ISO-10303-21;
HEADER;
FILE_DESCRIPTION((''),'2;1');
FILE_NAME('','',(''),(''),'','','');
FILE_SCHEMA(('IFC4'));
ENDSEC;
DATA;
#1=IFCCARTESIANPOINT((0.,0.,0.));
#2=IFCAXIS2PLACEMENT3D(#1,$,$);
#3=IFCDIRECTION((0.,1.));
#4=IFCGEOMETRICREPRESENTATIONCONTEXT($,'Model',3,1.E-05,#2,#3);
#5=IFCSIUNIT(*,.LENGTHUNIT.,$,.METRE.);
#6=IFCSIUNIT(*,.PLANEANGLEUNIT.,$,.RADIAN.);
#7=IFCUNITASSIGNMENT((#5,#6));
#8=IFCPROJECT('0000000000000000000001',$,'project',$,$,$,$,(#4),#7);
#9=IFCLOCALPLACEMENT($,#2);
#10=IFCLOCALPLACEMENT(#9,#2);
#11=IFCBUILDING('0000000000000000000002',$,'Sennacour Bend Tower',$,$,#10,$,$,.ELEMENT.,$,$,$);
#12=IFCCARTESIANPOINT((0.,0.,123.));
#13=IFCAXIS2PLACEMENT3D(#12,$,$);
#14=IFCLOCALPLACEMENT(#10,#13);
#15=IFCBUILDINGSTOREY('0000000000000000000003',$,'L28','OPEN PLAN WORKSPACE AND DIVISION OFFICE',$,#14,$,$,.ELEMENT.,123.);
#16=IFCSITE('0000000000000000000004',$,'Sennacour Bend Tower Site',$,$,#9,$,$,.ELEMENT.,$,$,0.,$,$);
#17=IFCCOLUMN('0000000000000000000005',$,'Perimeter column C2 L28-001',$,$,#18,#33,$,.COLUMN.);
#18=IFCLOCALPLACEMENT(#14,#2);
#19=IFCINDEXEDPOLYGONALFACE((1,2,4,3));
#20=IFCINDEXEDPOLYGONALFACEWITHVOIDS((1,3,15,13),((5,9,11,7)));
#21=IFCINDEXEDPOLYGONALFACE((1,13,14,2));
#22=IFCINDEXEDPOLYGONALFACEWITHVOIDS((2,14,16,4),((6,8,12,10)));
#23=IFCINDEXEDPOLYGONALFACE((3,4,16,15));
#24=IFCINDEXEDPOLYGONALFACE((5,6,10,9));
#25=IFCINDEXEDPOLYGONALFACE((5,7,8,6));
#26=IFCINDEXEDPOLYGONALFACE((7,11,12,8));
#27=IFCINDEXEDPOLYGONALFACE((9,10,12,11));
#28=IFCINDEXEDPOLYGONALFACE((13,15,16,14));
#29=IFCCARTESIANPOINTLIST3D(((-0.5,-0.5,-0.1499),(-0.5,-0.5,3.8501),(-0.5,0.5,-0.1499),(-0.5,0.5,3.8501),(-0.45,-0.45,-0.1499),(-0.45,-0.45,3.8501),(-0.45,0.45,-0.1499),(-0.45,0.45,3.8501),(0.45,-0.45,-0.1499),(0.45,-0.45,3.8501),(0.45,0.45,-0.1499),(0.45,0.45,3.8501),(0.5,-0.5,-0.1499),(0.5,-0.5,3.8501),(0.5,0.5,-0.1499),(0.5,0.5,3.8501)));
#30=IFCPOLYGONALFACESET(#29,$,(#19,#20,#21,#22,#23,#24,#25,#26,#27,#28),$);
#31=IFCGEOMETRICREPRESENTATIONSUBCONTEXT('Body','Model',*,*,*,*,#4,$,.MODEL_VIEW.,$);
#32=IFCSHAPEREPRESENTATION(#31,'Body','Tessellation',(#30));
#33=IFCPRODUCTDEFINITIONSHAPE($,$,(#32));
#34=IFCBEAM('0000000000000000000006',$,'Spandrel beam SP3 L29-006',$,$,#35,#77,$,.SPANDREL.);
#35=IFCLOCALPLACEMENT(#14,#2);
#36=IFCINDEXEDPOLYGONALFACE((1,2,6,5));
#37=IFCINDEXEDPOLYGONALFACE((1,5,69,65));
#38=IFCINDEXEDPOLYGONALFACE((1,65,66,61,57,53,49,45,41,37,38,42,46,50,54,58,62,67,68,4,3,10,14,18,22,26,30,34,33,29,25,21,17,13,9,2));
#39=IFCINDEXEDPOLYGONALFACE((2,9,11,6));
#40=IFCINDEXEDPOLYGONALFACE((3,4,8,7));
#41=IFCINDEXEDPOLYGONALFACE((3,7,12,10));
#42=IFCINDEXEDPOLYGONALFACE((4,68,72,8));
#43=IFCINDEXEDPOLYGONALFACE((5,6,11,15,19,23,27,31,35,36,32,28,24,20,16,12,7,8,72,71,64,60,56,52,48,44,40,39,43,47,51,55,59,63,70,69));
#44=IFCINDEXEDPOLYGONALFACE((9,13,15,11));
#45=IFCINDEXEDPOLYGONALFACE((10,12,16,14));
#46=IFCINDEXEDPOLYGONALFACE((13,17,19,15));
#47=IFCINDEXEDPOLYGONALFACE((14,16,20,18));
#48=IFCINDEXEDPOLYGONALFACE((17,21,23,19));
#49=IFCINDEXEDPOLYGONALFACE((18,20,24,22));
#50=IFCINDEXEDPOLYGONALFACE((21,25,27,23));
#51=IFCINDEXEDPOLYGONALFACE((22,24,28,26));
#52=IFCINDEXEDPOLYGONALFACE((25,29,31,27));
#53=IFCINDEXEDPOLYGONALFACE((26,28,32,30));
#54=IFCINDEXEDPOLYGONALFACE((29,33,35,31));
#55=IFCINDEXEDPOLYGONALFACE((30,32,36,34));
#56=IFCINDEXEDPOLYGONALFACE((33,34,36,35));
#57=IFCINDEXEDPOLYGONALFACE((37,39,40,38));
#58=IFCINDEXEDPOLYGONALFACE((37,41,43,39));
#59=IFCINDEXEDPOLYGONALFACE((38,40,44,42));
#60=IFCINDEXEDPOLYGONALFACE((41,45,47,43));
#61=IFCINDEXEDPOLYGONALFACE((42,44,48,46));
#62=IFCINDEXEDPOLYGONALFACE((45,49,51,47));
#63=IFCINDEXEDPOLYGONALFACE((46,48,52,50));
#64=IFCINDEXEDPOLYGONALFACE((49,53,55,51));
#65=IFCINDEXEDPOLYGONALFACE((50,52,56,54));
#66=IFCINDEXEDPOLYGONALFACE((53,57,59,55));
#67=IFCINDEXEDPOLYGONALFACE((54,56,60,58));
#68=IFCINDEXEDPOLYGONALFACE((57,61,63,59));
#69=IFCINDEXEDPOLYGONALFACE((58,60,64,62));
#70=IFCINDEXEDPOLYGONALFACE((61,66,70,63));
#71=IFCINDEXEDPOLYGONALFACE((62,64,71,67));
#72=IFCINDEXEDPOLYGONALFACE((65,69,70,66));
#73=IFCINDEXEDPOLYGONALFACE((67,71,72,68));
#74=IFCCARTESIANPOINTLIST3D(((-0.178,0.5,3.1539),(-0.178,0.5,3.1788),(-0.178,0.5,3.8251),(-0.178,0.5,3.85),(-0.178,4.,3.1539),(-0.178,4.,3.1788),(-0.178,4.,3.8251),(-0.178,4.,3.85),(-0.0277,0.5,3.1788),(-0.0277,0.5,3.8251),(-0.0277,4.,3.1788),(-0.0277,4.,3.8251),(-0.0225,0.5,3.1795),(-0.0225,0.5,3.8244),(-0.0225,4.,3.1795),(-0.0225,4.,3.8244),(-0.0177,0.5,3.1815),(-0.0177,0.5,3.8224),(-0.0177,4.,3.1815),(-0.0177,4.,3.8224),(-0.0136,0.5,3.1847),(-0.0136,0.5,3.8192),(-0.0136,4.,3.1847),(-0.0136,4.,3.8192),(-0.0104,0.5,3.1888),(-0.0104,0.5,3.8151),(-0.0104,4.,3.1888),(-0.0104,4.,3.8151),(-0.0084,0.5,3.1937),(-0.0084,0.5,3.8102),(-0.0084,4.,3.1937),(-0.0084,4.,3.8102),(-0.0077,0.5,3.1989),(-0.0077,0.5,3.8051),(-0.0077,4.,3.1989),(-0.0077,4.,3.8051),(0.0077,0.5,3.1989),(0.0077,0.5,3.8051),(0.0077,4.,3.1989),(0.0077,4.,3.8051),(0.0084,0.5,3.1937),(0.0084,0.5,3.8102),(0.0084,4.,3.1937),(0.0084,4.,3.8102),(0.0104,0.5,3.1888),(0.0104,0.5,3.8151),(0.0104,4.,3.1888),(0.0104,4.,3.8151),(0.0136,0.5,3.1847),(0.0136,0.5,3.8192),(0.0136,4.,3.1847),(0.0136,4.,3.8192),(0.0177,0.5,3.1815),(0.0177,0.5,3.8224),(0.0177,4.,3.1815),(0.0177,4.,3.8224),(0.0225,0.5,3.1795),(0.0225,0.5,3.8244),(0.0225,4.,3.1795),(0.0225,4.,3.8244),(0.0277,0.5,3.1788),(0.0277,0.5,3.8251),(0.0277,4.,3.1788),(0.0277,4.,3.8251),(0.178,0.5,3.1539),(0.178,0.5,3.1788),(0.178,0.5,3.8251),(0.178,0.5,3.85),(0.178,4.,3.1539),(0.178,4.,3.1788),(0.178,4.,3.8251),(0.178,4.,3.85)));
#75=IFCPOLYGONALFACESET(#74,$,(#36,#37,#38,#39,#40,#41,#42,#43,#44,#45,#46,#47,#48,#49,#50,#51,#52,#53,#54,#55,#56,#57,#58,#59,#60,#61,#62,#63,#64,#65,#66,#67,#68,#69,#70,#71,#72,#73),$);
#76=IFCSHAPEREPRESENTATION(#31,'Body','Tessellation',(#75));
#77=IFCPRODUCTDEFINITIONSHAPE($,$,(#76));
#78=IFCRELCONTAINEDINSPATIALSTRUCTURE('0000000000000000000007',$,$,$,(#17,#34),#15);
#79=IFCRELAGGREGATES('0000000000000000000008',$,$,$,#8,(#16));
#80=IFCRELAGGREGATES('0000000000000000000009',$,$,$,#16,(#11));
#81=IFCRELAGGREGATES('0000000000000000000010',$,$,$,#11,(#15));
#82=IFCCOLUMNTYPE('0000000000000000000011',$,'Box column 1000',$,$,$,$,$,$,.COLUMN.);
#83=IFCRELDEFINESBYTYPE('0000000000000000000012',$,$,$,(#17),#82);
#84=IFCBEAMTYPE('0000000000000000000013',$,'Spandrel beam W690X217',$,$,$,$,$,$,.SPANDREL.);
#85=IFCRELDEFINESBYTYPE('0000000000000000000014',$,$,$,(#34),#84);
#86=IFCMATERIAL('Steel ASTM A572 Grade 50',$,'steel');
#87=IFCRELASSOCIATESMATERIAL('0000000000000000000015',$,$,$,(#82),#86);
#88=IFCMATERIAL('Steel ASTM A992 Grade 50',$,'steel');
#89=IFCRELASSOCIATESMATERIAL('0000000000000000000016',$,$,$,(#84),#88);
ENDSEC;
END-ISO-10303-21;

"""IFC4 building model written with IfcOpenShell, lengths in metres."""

from ifc_helpers import new_model, si_unit, direction, frame, origin, origin_2d, place, context, subcontext, project, spatial, hollow_rectangle, i_section, extrude, material, material_profile, profile_set, type_object, element, save


model = new_model("IFC4")

# Units and contexts
model_context = context("Model", 3, precision=1e-05, world=origin(), true_north=direction((0.0, 1.0)))
body_context = subcontext(model_context, "Body", "Model", "MODEL_VIEW")
ifc_project = project(units=[si_unit("LENGTHUNIT", "METRE"), si_unit("PLANEANGLEUNIT", "RADIAN")], contexts=[model_context])

# Site, building, storey
site_placement = place(None, origin())
site = spatial("IfcSite", under=ifc_project, at=site_placement, Name="Sennacour Bend Tower Site", CompositionType="ELEMENT", RefElevation=0.0)
building_placement = place(site_placement, origin())
building = spatial("IfcBuilding", under=site, at=building_placement, Name="Sennacour Bend Tower", CompositionType="ELEMENT")
storey_placement = place(building_placement, frame((0.0, 0.0, 123.0)))
storey = spatial("IfcBuildingStorey", under=building, at=storey_placement, Name="L28", Description="OPEN PLAN WORKSPACE AND DIVISION OFFICE", CompositionType="ELEMENT", Elevation=123.0)

# Column
ifc_material_1 = material(Name="Steel ASTM A572 Grade 50", Category="steel")
ifc_material_profile_1 = material_profile(ifc_material_1, hollow_rectangle(XDim=1.0, YDim=1.0, WallThickness=0.05, at=origin_2d()), Name="Steel ASTM A572 Grade 50", Category="steel")
ifc_profile_set_1 = profile_set([ifc_material_profile_1], Name="Steel ASTM A572 Grade 50")
column_type = type_object("IfcColumnType", Name="Box column 1000", PredefinedType="COLUMN", material=ifc_profile_set_1)
column_placement = place(storey_placement, frame((0.0, 0.0, -0.1499), z_axis=(0.0, 0.0, 1.0), x_axis=(1.0, 0.0, 0.0)))
element("IfcColumn", 1, at=column_placement, inside=storey, type_object=column_type, Name="Perimeter column C2 L28-001", PredefinedType="COLUMN", context=body_context, shape_type="SweptSolid", body=[
    extrude(hollow_rectangle(XDim=1.0, YDim=1.0, WallThickness=0.05, at=origin_2d()), origin(), (0.0, 0.0, 1.0), 4.0),
])

# Beam
ifc_material_2 = material(Name="Steel ASTM A992 Grade 50", Category="steel")
ifc_material_profile_2 = material_profile(ifc_material_2, i_section(OverallWidth=0.356, OverallDepth=0.696, WebThickness=0.0154, FlangeThickness=0.0249, FilletRadius=0.02, at=origin_2d()), Name="Steel ASTM A992 Grade 50", Category="steel")
ifc_profile_set_2 = profile_set([ifc_material_profile_2], Name="Steel ASTM A992 Grade 50")
beam_type = type_object("IfcBeamType", Name="Spandrel beam W690X217", PredefinedType="SPANDREL", material=ifc_profile_set_2)
beam_placement = place(storey_placement, frame((0.0, 0.5, 3.502), z_axis=(0.0, 1.0, 0.0), x_axis=(-1.0, 0.0, 0.0)))
element("IfcBeam", 2, at=beam_placement, inside=storey, type_object=beam_type, Name="Spandrel beam SP3 L29-006", PredefinedType="SPANDREL", context=body_context, shape_type="SweptSolid", body=[
    extrude(i_section(OverallWidth=0.356, OverallDepth=0.696, WebThickness=0.0154, FlangeThickness=0.0249, FilletRadius=0.02, at=origin_2d()), origin(), (0.0, 0.0, 1.0), 3.5),
])

save(model, "model.ifc")
